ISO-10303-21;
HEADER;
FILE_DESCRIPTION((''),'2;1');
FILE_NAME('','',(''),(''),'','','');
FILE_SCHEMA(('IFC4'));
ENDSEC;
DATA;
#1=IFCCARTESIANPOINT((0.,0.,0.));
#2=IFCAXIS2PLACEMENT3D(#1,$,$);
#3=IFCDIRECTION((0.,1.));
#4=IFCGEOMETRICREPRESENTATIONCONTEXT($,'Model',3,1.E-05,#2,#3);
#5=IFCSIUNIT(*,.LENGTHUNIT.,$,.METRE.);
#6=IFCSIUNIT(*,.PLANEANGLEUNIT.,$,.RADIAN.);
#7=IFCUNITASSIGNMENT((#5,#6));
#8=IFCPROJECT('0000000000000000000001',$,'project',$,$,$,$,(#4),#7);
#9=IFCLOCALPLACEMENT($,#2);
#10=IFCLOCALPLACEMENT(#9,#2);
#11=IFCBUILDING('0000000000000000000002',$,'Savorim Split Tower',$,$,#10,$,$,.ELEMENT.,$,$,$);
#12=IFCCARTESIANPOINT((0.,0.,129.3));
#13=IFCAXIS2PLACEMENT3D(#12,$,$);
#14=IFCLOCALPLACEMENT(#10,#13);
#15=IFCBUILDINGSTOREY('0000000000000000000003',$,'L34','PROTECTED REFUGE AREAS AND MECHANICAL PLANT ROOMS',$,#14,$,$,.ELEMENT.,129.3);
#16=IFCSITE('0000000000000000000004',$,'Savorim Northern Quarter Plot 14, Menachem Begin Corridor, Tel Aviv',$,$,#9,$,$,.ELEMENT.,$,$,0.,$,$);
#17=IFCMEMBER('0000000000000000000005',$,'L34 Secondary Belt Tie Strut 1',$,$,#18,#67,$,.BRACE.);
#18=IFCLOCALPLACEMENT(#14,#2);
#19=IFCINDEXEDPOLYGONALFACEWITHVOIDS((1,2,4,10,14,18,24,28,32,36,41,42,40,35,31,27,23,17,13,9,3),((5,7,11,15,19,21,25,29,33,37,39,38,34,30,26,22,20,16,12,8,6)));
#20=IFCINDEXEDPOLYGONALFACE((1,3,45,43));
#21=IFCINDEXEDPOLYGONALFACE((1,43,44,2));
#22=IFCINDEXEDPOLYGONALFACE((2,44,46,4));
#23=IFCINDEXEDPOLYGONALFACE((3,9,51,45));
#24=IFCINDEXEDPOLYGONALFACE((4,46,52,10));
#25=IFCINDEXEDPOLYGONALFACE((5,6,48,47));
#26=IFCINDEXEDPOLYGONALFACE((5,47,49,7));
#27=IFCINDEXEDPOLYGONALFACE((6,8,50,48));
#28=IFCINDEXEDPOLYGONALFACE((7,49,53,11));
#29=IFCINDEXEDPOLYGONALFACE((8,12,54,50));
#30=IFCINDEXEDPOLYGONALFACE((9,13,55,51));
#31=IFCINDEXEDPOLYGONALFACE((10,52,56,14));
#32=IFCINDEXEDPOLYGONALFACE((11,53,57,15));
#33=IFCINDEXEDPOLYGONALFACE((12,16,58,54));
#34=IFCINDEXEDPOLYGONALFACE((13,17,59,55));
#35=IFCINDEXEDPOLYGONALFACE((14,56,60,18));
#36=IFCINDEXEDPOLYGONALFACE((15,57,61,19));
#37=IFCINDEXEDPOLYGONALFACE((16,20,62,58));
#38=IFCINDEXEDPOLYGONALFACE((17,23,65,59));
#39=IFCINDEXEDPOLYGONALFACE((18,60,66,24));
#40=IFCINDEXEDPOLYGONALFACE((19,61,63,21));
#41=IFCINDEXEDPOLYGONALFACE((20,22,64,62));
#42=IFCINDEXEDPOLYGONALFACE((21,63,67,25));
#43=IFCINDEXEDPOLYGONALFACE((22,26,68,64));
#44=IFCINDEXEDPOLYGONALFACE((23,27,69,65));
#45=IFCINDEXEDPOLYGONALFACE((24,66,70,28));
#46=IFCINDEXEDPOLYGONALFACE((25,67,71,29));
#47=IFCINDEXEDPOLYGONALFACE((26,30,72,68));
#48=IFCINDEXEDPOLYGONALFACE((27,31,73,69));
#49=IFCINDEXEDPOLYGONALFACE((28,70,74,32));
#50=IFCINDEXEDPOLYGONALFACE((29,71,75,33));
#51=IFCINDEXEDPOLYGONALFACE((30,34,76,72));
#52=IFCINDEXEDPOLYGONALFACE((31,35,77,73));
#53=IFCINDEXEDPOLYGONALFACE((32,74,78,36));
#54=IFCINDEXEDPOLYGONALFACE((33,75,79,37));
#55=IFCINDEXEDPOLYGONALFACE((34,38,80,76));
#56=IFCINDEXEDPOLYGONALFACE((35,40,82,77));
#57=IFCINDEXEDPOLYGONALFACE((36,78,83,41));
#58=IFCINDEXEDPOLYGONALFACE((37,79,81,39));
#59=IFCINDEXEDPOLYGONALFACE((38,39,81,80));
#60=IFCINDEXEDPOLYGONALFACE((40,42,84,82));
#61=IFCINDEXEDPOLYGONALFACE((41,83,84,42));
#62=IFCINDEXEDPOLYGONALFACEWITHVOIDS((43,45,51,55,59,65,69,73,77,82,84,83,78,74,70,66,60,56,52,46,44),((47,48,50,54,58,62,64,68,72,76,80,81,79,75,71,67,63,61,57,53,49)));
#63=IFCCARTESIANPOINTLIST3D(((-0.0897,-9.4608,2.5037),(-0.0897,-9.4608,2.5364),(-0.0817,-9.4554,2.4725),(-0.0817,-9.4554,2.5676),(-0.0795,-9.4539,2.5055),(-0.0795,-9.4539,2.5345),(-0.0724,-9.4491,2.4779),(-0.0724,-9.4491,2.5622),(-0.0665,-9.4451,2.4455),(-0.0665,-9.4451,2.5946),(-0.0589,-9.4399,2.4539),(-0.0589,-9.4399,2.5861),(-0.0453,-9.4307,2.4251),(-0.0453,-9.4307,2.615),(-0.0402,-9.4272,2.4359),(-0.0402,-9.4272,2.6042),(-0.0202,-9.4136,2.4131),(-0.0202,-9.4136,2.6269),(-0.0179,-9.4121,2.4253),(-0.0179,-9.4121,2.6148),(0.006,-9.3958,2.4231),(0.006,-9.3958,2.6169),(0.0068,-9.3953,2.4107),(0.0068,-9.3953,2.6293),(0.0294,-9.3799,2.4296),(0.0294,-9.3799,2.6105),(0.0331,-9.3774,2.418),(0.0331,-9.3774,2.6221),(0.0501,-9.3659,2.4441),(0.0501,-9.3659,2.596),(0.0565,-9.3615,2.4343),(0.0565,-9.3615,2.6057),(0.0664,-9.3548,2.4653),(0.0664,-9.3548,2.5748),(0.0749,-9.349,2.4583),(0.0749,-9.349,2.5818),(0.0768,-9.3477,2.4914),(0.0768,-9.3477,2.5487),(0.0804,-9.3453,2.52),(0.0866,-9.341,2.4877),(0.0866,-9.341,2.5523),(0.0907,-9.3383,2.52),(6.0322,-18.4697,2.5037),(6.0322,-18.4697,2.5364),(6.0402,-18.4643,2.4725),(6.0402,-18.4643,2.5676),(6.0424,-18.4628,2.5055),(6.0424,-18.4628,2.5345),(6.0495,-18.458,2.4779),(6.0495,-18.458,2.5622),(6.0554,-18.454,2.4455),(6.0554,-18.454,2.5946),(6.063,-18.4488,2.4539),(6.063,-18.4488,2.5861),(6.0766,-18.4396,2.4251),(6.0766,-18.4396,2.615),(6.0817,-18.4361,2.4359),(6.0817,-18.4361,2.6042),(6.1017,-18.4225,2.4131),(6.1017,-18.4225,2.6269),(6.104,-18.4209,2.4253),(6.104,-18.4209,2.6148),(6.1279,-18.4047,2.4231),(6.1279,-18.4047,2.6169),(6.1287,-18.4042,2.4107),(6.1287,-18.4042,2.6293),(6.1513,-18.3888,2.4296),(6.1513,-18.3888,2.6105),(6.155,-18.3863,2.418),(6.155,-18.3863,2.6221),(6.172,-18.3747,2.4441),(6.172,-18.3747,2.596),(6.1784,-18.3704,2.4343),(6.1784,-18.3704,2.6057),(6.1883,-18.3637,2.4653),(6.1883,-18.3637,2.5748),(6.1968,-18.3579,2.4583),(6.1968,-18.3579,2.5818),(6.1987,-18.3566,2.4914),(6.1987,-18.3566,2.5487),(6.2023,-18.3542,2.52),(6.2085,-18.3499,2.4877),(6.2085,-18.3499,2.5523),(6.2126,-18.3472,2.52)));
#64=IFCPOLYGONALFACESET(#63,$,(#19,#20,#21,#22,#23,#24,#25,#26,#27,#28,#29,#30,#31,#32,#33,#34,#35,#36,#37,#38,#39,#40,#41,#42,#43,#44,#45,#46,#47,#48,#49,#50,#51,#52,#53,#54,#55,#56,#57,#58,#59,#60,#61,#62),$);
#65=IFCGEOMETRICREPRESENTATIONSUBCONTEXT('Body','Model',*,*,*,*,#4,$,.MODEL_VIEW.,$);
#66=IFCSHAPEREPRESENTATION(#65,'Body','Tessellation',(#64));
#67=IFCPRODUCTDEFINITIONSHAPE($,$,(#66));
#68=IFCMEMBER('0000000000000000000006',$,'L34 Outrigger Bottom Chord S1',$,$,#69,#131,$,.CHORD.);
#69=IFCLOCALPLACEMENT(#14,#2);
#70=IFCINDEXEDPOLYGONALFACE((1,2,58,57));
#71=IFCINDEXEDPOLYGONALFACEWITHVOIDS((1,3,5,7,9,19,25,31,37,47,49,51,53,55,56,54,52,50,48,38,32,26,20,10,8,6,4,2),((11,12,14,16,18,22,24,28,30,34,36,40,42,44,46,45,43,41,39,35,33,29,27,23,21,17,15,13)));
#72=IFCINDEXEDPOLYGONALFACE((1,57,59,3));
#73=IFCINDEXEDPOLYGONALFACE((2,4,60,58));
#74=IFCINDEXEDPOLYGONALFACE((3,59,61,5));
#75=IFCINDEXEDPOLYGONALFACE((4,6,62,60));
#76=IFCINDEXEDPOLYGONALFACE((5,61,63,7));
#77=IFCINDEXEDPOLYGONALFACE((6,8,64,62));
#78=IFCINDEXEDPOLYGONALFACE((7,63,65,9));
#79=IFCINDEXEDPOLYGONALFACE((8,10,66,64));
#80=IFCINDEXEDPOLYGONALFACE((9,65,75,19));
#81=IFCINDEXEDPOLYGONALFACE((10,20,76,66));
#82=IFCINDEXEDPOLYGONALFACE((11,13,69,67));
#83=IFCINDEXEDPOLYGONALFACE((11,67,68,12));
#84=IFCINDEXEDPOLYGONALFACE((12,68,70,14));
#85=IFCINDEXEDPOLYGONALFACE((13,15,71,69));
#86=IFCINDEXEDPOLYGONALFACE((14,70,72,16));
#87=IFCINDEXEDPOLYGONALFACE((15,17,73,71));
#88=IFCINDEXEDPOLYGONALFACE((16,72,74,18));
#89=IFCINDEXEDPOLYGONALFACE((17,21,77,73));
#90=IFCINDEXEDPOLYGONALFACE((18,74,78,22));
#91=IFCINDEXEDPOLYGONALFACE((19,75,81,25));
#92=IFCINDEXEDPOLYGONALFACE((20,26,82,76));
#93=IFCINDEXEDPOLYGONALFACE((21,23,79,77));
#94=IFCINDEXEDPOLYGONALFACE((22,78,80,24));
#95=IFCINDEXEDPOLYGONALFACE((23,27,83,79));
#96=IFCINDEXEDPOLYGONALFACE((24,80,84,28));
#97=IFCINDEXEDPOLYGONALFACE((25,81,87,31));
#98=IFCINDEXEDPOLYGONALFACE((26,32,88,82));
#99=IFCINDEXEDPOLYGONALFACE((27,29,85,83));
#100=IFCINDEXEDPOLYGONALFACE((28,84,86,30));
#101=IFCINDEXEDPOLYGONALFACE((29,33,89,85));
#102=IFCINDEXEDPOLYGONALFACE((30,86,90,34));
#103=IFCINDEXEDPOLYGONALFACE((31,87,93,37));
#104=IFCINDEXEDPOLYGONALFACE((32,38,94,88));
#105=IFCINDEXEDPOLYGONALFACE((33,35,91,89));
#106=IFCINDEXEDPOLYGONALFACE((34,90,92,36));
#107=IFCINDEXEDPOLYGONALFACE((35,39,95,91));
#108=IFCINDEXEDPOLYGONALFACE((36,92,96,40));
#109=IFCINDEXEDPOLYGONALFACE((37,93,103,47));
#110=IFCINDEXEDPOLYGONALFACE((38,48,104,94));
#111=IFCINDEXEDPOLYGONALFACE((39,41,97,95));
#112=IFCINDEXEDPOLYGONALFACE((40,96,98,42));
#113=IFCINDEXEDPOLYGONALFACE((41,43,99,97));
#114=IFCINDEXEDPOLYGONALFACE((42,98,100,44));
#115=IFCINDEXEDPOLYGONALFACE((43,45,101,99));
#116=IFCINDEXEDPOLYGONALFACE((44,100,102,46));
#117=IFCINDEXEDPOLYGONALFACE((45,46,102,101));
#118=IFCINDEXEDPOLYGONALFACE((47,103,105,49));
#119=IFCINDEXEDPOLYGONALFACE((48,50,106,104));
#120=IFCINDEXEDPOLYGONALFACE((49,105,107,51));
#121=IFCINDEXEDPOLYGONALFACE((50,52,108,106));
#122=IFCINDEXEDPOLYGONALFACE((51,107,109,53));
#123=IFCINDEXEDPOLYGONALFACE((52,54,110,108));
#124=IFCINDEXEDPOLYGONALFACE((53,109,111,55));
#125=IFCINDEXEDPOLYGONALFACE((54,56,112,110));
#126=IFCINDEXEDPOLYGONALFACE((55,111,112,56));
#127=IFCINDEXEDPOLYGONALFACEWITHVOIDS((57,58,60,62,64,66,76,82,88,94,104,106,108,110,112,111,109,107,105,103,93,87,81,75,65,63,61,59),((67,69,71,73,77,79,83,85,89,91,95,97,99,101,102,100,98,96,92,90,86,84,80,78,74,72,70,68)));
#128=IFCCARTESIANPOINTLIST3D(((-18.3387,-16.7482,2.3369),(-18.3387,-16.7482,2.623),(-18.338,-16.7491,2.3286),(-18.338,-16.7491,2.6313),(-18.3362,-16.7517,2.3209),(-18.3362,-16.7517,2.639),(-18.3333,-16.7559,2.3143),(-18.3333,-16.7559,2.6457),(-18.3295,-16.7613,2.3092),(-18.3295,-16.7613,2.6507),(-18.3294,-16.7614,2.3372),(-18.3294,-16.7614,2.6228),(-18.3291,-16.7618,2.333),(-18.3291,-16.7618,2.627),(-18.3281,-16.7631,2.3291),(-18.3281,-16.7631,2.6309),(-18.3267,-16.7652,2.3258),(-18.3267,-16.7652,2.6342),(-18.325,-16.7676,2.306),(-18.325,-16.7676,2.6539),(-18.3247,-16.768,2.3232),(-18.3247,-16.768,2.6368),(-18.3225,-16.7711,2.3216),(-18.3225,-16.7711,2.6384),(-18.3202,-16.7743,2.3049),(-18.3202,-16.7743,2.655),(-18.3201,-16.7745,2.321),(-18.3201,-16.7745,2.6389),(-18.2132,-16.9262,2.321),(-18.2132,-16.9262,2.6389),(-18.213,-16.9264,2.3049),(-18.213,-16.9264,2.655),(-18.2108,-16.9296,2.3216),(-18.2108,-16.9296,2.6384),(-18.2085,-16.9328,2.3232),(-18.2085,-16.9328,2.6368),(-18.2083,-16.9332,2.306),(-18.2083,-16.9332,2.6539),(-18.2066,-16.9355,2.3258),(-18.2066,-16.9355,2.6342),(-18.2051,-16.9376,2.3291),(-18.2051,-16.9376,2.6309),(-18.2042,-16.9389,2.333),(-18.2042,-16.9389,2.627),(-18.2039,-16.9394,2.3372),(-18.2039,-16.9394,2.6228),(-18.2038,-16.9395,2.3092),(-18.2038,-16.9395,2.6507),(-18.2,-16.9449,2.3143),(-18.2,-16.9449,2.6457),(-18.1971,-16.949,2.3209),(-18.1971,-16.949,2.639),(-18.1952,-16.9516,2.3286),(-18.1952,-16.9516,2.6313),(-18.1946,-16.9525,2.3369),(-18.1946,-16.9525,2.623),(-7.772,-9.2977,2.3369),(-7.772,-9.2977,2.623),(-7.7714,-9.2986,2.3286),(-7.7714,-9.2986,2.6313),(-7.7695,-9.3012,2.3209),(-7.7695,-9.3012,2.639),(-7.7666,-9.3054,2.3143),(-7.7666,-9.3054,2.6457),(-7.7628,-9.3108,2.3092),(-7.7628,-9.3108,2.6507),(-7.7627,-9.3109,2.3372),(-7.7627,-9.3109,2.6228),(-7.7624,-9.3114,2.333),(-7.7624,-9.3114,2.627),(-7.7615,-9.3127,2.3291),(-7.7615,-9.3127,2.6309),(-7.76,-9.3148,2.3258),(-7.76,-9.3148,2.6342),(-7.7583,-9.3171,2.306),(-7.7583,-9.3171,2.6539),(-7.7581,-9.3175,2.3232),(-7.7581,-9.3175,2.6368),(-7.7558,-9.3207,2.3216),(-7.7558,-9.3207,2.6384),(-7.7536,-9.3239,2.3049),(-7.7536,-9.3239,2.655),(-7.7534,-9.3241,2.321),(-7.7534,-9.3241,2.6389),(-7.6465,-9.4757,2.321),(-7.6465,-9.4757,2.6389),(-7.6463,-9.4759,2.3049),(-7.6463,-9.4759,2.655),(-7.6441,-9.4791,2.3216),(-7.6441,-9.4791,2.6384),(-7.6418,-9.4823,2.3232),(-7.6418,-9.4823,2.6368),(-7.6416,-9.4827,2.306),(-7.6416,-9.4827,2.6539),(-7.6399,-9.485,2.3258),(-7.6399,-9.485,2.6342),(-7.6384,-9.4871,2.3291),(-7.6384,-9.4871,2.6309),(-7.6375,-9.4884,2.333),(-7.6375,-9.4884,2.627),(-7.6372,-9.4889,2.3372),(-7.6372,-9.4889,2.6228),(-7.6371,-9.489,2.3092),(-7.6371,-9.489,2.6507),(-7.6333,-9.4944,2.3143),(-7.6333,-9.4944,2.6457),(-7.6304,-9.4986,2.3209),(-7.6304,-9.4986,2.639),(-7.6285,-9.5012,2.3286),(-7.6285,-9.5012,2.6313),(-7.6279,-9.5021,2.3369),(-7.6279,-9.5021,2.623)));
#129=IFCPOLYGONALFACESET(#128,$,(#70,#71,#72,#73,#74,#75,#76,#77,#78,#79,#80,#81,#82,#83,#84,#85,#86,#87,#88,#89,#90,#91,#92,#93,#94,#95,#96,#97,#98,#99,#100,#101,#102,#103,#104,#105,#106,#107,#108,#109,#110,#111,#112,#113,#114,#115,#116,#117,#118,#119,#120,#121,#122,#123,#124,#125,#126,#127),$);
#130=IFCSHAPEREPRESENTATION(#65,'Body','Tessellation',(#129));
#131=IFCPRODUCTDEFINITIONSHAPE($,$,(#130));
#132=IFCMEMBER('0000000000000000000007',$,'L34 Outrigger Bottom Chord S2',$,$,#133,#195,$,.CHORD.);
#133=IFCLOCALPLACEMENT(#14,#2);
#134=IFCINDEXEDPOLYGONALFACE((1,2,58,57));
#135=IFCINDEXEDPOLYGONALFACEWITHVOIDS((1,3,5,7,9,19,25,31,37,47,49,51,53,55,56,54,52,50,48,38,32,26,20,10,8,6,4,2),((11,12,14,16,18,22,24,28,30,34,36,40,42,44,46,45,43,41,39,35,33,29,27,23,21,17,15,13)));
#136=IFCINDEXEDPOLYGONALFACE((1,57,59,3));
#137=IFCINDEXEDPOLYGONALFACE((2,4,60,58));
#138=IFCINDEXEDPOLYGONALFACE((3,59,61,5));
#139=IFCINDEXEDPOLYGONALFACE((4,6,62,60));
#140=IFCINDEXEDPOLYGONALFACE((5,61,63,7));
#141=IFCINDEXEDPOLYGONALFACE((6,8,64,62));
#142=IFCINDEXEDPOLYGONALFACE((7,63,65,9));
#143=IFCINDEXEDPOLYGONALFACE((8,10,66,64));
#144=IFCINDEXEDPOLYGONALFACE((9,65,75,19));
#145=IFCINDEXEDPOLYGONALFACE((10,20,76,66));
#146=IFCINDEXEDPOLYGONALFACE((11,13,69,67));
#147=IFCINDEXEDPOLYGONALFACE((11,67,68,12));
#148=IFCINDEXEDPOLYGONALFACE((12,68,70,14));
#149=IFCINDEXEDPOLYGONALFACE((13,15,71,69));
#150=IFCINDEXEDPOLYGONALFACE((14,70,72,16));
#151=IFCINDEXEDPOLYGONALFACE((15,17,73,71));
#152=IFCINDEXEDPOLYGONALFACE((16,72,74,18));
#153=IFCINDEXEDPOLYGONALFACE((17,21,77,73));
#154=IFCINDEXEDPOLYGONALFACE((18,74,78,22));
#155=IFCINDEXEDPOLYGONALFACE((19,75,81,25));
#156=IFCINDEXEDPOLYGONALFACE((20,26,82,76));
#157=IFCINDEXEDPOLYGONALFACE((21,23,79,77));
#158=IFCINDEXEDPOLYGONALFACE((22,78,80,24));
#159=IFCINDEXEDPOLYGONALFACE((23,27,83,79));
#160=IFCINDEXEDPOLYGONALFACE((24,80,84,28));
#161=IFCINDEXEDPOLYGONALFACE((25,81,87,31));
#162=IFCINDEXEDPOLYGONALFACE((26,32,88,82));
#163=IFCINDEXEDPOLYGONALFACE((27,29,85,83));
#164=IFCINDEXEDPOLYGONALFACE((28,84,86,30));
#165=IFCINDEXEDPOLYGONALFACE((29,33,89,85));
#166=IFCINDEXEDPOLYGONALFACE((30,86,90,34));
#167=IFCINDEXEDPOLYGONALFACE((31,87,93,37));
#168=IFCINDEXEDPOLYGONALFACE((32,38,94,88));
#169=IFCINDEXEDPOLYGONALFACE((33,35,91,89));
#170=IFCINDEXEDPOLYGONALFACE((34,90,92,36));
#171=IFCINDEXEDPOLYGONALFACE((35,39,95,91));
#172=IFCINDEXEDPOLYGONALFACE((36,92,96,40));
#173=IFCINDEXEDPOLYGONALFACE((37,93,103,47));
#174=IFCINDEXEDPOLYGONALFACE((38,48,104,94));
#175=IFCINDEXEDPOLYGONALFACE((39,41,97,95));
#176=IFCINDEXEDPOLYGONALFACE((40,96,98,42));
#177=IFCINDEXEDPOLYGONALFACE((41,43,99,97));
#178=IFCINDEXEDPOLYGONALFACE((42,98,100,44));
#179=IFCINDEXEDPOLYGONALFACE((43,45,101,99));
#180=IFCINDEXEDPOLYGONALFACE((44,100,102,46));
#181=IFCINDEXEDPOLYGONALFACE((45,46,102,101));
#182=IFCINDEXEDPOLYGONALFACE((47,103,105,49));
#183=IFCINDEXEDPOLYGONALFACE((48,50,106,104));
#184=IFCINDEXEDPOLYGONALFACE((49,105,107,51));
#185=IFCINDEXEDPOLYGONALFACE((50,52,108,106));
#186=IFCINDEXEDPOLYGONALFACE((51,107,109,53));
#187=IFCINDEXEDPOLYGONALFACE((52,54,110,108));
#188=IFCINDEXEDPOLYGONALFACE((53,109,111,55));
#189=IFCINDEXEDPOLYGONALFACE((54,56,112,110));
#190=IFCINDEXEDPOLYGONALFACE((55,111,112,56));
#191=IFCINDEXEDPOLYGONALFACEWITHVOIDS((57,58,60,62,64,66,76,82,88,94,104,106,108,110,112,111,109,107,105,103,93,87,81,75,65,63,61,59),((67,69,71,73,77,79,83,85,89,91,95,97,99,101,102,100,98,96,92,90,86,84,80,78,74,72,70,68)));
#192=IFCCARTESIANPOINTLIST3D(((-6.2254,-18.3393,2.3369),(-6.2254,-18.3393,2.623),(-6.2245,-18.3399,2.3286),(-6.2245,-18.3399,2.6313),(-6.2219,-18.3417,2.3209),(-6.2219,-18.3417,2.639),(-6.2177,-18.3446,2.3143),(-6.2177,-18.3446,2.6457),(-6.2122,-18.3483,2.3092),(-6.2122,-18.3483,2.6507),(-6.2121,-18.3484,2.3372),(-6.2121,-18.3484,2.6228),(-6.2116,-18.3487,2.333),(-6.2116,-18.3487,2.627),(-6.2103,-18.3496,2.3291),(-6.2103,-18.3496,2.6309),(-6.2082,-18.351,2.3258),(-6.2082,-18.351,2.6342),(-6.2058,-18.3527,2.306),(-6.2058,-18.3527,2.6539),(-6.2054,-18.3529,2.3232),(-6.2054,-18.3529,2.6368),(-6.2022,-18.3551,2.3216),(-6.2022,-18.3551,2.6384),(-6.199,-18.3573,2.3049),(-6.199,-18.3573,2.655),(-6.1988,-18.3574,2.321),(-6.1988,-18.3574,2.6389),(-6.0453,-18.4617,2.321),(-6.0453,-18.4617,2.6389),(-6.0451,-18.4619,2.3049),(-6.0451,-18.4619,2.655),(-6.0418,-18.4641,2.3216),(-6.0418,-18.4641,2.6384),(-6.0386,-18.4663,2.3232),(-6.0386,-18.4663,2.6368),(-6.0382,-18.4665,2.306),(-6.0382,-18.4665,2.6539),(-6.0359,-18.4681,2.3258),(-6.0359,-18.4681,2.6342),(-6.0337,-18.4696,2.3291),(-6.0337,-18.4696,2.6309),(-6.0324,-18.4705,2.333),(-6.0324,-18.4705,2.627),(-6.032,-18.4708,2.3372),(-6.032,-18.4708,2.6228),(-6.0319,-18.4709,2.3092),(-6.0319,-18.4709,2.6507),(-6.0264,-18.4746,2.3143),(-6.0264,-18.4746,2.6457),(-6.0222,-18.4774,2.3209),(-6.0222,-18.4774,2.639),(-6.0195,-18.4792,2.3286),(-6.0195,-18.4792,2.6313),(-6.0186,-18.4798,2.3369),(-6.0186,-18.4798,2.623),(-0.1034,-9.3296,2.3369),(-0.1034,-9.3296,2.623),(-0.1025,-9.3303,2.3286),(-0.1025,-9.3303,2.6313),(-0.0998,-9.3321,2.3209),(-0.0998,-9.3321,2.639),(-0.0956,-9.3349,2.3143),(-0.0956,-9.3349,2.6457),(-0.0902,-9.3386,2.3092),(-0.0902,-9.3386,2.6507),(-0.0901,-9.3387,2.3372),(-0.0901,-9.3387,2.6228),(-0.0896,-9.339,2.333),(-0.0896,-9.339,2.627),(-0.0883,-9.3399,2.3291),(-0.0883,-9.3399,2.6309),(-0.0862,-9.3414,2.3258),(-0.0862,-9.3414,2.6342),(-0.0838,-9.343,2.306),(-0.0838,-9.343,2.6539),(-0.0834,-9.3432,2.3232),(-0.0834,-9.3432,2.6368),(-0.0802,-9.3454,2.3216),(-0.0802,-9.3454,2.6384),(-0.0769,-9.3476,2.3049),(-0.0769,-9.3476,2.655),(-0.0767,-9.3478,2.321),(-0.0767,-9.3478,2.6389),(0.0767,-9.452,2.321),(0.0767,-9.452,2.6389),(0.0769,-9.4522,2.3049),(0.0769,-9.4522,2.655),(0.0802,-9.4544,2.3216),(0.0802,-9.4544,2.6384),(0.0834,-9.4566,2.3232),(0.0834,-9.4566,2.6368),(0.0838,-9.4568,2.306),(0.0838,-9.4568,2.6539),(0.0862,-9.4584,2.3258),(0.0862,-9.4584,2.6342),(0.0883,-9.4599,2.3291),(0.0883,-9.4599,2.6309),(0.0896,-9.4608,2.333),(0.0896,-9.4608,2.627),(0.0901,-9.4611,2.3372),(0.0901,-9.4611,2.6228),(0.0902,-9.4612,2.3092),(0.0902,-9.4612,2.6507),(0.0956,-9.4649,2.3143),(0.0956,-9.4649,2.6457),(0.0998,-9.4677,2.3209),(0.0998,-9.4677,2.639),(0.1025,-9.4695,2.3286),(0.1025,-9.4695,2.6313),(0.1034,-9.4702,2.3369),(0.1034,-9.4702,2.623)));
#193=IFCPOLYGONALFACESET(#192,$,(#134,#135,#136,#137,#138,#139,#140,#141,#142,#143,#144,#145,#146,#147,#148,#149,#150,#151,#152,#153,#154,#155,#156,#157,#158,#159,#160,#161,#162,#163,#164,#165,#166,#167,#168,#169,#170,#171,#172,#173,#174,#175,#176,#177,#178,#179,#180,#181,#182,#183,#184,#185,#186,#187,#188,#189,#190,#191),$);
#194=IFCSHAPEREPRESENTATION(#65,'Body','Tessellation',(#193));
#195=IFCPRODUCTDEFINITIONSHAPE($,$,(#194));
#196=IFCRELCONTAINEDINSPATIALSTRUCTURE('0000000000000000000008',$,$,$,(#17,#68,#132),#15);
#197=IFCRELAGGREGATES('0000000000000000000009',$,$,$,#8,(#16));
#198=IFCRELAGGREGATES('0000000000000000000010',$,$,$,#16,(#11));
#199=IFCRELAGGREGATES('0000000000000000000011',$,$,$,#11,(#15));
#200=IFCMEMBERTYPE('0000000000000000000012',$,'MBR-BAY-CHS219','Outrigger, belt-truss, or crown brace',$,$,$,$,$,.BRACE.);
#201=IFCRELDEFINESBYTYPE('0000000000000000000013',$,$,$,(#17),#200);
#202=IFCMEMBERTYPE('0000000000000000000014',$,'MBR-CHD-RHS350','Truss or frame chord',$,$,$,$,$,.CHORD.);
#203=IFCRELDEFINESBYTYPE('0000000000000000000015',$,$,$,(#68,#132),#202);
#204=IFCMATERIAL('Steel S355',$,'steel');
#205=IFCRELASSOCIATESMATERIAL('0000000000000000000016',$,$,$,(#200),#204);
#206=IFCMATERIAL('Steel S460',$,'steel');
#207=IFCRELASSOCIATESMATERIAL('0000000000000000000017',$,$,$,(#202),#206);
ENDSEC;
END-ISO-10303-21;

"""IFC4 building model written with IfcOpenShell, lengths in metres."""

from ifc_helpers import new_model, si_unit, direction, frame, origin, origin_2d, place, context, subcontext, project, spatial, hollow_rectangle, hollow_circle, extrude, material, material_profile, profile_set, type_object, element, save


model = new_model("IFC4")

# Units and contexts
model_context = context("Model", 3, precision=1e-05, world=origin(), true_north=direction((0.0, 1.0)))
body_context = subcontext(model_context, "Body", "Model", "MODEL_VIEW")
ifc_project = project(units=[si_unit("LENGTHUNIT", "METRE"), si_unit("PLANEANGLEUNIT", "RADIAN")], contexts=[model_context])

# Site, building, storey
site_placement = place(None, origin())
site = spatial("IfcSite", under=ifc_project, at=site_placement, Name="Savorim Northern Quarter Plot 14, Menachem Begin Corridor, Tel Aviv", CompositionType="ELEMENT", RefElevation=0.0)
building_placement = place(site_placement, origin())
building = spatial("IfcBuilding", under=site, at=building_placement, Name="Savorim Split Tower", CompositionType="ELEMENT")
storey_placement = place(building_placement, frame((0.0, 0.0, 129.3)))
storey = spatial("IfcBuildingStorey", under=building, at=storey_placement, Name="L34", Description="PROTECTED REFUGE AREAS AND MECHANICAL PLANT ROOMS", CompositionType="ELEMENT", Elevation=129.3)

# Shared definitions
ifc_material_1 = material(Name="Steel S460", Category="steel")

# Shared definitions
ifc_material_2 = material(Name="Steel S355", Category="steel")

# Members
ifc_material_profile_1 = material_profile(ifc_material_2, hollow_circle(Radius=0.1096, WallThickness=0.0125, at=origin_2d()), Name="CHS 219.1x12.5")
ifc_profile_set_1 = profile_set([ifc_material_profile_1], Name="Steel S355")
member_type_1 = type_object("IfcMemberType", Name="MBR-BAY-CHS219", Description="Outrigger, belt-truss, or crown brace", PredefinedType="BRACE", material=ifc_profile_set_1)
member_1_placement = place(storey_placement, frame((0.0, -9.3999, 2.52), z_axis=(0.562049, -0.827104, 0.0), x_axis=(0.827104, 0.562049, 0.0)))
element("IfcMember", 1, at=member_1_placement, inside=storey, type_object=member_type_1, Name="L34 Secondary Belt Tie Strut 1", PredefinedType="BRACE", context=body_context, shape_type="SweptSolid", body=[
    extrude(hollow_circle(Radius=0.1096, WallThickness=0.0125, at=origin_2d()), origin(), (0.0, 0.0, 1.0), 10.8921),
])
ifc_material_profile_2 = material_profile(ifc_material_1, hollow_rectangle(XDim=0.25, YDim=0.3501, WallThickness=0.0161, InnerFilletRadius=0.0161, OuterFilletRadius=0.032, at=origin_2d()), Name="RHS 350x250x16")
ifc_profile_set_2 = profile_set([ifc_material_profile_2], Name="Steel S460")
member_type_2 = type_object("IfcMemberType", Name="MBR-CHD-RHS350", Description="Truss or frame chord", PredefinedType="CHORD", material=ifc_profile_set_2)
member_2_placement = place(storey_placement, frame((-7.7, -9.3999, 2.48), z_axis=(-0.817273, -0.576251, 0.0), x_axis=(0.576251, -0.817273, 0.0)))
element("IfcMember", 2, at=member_2_placement, inside=storey, type_object=member_type_2, Name="L34 Outrigger Bottom Chord S1", PredefinedType="CHORD", context=body_context, shape_type="SweptSolid", body=[
    extrude(hollow_rectangle(XDim=0.25, YDim=0.3501, WallThickness=0.0161, InnerFilletRadius=0.0161, OuterFilletRadius=0.032, at=origin_2d()), origin(), (0.0, 0.0, 1.0), 12.9292),
])
member_3_placement = place(storey_placement, frame((0.0, -9.3999, 2.48), z_axis=(-0.562023, -0.827122, 0.0), x_axis=(0.827122, -0.562023, 0.0)))
element("IfcMember", 3, at=member_3_placement, inside=storey, type_object=member_type_2, Name="L34 Outrigger Bottom Chord S2", PredefinedType="CHORD", context=body_context, shape_type="SweptSolid", body=[
    extrude(hollow_rectangle(XDim=0.25, YDim=0.3501, WallThickness=0.0161, InnerFilletRadius=0.0161, OuterFilletRadius=0.032, at=origin_2d()), origin(), (0.0, 0.0, 1.0), 10.8928),
])

save(model, "model.ifc")
